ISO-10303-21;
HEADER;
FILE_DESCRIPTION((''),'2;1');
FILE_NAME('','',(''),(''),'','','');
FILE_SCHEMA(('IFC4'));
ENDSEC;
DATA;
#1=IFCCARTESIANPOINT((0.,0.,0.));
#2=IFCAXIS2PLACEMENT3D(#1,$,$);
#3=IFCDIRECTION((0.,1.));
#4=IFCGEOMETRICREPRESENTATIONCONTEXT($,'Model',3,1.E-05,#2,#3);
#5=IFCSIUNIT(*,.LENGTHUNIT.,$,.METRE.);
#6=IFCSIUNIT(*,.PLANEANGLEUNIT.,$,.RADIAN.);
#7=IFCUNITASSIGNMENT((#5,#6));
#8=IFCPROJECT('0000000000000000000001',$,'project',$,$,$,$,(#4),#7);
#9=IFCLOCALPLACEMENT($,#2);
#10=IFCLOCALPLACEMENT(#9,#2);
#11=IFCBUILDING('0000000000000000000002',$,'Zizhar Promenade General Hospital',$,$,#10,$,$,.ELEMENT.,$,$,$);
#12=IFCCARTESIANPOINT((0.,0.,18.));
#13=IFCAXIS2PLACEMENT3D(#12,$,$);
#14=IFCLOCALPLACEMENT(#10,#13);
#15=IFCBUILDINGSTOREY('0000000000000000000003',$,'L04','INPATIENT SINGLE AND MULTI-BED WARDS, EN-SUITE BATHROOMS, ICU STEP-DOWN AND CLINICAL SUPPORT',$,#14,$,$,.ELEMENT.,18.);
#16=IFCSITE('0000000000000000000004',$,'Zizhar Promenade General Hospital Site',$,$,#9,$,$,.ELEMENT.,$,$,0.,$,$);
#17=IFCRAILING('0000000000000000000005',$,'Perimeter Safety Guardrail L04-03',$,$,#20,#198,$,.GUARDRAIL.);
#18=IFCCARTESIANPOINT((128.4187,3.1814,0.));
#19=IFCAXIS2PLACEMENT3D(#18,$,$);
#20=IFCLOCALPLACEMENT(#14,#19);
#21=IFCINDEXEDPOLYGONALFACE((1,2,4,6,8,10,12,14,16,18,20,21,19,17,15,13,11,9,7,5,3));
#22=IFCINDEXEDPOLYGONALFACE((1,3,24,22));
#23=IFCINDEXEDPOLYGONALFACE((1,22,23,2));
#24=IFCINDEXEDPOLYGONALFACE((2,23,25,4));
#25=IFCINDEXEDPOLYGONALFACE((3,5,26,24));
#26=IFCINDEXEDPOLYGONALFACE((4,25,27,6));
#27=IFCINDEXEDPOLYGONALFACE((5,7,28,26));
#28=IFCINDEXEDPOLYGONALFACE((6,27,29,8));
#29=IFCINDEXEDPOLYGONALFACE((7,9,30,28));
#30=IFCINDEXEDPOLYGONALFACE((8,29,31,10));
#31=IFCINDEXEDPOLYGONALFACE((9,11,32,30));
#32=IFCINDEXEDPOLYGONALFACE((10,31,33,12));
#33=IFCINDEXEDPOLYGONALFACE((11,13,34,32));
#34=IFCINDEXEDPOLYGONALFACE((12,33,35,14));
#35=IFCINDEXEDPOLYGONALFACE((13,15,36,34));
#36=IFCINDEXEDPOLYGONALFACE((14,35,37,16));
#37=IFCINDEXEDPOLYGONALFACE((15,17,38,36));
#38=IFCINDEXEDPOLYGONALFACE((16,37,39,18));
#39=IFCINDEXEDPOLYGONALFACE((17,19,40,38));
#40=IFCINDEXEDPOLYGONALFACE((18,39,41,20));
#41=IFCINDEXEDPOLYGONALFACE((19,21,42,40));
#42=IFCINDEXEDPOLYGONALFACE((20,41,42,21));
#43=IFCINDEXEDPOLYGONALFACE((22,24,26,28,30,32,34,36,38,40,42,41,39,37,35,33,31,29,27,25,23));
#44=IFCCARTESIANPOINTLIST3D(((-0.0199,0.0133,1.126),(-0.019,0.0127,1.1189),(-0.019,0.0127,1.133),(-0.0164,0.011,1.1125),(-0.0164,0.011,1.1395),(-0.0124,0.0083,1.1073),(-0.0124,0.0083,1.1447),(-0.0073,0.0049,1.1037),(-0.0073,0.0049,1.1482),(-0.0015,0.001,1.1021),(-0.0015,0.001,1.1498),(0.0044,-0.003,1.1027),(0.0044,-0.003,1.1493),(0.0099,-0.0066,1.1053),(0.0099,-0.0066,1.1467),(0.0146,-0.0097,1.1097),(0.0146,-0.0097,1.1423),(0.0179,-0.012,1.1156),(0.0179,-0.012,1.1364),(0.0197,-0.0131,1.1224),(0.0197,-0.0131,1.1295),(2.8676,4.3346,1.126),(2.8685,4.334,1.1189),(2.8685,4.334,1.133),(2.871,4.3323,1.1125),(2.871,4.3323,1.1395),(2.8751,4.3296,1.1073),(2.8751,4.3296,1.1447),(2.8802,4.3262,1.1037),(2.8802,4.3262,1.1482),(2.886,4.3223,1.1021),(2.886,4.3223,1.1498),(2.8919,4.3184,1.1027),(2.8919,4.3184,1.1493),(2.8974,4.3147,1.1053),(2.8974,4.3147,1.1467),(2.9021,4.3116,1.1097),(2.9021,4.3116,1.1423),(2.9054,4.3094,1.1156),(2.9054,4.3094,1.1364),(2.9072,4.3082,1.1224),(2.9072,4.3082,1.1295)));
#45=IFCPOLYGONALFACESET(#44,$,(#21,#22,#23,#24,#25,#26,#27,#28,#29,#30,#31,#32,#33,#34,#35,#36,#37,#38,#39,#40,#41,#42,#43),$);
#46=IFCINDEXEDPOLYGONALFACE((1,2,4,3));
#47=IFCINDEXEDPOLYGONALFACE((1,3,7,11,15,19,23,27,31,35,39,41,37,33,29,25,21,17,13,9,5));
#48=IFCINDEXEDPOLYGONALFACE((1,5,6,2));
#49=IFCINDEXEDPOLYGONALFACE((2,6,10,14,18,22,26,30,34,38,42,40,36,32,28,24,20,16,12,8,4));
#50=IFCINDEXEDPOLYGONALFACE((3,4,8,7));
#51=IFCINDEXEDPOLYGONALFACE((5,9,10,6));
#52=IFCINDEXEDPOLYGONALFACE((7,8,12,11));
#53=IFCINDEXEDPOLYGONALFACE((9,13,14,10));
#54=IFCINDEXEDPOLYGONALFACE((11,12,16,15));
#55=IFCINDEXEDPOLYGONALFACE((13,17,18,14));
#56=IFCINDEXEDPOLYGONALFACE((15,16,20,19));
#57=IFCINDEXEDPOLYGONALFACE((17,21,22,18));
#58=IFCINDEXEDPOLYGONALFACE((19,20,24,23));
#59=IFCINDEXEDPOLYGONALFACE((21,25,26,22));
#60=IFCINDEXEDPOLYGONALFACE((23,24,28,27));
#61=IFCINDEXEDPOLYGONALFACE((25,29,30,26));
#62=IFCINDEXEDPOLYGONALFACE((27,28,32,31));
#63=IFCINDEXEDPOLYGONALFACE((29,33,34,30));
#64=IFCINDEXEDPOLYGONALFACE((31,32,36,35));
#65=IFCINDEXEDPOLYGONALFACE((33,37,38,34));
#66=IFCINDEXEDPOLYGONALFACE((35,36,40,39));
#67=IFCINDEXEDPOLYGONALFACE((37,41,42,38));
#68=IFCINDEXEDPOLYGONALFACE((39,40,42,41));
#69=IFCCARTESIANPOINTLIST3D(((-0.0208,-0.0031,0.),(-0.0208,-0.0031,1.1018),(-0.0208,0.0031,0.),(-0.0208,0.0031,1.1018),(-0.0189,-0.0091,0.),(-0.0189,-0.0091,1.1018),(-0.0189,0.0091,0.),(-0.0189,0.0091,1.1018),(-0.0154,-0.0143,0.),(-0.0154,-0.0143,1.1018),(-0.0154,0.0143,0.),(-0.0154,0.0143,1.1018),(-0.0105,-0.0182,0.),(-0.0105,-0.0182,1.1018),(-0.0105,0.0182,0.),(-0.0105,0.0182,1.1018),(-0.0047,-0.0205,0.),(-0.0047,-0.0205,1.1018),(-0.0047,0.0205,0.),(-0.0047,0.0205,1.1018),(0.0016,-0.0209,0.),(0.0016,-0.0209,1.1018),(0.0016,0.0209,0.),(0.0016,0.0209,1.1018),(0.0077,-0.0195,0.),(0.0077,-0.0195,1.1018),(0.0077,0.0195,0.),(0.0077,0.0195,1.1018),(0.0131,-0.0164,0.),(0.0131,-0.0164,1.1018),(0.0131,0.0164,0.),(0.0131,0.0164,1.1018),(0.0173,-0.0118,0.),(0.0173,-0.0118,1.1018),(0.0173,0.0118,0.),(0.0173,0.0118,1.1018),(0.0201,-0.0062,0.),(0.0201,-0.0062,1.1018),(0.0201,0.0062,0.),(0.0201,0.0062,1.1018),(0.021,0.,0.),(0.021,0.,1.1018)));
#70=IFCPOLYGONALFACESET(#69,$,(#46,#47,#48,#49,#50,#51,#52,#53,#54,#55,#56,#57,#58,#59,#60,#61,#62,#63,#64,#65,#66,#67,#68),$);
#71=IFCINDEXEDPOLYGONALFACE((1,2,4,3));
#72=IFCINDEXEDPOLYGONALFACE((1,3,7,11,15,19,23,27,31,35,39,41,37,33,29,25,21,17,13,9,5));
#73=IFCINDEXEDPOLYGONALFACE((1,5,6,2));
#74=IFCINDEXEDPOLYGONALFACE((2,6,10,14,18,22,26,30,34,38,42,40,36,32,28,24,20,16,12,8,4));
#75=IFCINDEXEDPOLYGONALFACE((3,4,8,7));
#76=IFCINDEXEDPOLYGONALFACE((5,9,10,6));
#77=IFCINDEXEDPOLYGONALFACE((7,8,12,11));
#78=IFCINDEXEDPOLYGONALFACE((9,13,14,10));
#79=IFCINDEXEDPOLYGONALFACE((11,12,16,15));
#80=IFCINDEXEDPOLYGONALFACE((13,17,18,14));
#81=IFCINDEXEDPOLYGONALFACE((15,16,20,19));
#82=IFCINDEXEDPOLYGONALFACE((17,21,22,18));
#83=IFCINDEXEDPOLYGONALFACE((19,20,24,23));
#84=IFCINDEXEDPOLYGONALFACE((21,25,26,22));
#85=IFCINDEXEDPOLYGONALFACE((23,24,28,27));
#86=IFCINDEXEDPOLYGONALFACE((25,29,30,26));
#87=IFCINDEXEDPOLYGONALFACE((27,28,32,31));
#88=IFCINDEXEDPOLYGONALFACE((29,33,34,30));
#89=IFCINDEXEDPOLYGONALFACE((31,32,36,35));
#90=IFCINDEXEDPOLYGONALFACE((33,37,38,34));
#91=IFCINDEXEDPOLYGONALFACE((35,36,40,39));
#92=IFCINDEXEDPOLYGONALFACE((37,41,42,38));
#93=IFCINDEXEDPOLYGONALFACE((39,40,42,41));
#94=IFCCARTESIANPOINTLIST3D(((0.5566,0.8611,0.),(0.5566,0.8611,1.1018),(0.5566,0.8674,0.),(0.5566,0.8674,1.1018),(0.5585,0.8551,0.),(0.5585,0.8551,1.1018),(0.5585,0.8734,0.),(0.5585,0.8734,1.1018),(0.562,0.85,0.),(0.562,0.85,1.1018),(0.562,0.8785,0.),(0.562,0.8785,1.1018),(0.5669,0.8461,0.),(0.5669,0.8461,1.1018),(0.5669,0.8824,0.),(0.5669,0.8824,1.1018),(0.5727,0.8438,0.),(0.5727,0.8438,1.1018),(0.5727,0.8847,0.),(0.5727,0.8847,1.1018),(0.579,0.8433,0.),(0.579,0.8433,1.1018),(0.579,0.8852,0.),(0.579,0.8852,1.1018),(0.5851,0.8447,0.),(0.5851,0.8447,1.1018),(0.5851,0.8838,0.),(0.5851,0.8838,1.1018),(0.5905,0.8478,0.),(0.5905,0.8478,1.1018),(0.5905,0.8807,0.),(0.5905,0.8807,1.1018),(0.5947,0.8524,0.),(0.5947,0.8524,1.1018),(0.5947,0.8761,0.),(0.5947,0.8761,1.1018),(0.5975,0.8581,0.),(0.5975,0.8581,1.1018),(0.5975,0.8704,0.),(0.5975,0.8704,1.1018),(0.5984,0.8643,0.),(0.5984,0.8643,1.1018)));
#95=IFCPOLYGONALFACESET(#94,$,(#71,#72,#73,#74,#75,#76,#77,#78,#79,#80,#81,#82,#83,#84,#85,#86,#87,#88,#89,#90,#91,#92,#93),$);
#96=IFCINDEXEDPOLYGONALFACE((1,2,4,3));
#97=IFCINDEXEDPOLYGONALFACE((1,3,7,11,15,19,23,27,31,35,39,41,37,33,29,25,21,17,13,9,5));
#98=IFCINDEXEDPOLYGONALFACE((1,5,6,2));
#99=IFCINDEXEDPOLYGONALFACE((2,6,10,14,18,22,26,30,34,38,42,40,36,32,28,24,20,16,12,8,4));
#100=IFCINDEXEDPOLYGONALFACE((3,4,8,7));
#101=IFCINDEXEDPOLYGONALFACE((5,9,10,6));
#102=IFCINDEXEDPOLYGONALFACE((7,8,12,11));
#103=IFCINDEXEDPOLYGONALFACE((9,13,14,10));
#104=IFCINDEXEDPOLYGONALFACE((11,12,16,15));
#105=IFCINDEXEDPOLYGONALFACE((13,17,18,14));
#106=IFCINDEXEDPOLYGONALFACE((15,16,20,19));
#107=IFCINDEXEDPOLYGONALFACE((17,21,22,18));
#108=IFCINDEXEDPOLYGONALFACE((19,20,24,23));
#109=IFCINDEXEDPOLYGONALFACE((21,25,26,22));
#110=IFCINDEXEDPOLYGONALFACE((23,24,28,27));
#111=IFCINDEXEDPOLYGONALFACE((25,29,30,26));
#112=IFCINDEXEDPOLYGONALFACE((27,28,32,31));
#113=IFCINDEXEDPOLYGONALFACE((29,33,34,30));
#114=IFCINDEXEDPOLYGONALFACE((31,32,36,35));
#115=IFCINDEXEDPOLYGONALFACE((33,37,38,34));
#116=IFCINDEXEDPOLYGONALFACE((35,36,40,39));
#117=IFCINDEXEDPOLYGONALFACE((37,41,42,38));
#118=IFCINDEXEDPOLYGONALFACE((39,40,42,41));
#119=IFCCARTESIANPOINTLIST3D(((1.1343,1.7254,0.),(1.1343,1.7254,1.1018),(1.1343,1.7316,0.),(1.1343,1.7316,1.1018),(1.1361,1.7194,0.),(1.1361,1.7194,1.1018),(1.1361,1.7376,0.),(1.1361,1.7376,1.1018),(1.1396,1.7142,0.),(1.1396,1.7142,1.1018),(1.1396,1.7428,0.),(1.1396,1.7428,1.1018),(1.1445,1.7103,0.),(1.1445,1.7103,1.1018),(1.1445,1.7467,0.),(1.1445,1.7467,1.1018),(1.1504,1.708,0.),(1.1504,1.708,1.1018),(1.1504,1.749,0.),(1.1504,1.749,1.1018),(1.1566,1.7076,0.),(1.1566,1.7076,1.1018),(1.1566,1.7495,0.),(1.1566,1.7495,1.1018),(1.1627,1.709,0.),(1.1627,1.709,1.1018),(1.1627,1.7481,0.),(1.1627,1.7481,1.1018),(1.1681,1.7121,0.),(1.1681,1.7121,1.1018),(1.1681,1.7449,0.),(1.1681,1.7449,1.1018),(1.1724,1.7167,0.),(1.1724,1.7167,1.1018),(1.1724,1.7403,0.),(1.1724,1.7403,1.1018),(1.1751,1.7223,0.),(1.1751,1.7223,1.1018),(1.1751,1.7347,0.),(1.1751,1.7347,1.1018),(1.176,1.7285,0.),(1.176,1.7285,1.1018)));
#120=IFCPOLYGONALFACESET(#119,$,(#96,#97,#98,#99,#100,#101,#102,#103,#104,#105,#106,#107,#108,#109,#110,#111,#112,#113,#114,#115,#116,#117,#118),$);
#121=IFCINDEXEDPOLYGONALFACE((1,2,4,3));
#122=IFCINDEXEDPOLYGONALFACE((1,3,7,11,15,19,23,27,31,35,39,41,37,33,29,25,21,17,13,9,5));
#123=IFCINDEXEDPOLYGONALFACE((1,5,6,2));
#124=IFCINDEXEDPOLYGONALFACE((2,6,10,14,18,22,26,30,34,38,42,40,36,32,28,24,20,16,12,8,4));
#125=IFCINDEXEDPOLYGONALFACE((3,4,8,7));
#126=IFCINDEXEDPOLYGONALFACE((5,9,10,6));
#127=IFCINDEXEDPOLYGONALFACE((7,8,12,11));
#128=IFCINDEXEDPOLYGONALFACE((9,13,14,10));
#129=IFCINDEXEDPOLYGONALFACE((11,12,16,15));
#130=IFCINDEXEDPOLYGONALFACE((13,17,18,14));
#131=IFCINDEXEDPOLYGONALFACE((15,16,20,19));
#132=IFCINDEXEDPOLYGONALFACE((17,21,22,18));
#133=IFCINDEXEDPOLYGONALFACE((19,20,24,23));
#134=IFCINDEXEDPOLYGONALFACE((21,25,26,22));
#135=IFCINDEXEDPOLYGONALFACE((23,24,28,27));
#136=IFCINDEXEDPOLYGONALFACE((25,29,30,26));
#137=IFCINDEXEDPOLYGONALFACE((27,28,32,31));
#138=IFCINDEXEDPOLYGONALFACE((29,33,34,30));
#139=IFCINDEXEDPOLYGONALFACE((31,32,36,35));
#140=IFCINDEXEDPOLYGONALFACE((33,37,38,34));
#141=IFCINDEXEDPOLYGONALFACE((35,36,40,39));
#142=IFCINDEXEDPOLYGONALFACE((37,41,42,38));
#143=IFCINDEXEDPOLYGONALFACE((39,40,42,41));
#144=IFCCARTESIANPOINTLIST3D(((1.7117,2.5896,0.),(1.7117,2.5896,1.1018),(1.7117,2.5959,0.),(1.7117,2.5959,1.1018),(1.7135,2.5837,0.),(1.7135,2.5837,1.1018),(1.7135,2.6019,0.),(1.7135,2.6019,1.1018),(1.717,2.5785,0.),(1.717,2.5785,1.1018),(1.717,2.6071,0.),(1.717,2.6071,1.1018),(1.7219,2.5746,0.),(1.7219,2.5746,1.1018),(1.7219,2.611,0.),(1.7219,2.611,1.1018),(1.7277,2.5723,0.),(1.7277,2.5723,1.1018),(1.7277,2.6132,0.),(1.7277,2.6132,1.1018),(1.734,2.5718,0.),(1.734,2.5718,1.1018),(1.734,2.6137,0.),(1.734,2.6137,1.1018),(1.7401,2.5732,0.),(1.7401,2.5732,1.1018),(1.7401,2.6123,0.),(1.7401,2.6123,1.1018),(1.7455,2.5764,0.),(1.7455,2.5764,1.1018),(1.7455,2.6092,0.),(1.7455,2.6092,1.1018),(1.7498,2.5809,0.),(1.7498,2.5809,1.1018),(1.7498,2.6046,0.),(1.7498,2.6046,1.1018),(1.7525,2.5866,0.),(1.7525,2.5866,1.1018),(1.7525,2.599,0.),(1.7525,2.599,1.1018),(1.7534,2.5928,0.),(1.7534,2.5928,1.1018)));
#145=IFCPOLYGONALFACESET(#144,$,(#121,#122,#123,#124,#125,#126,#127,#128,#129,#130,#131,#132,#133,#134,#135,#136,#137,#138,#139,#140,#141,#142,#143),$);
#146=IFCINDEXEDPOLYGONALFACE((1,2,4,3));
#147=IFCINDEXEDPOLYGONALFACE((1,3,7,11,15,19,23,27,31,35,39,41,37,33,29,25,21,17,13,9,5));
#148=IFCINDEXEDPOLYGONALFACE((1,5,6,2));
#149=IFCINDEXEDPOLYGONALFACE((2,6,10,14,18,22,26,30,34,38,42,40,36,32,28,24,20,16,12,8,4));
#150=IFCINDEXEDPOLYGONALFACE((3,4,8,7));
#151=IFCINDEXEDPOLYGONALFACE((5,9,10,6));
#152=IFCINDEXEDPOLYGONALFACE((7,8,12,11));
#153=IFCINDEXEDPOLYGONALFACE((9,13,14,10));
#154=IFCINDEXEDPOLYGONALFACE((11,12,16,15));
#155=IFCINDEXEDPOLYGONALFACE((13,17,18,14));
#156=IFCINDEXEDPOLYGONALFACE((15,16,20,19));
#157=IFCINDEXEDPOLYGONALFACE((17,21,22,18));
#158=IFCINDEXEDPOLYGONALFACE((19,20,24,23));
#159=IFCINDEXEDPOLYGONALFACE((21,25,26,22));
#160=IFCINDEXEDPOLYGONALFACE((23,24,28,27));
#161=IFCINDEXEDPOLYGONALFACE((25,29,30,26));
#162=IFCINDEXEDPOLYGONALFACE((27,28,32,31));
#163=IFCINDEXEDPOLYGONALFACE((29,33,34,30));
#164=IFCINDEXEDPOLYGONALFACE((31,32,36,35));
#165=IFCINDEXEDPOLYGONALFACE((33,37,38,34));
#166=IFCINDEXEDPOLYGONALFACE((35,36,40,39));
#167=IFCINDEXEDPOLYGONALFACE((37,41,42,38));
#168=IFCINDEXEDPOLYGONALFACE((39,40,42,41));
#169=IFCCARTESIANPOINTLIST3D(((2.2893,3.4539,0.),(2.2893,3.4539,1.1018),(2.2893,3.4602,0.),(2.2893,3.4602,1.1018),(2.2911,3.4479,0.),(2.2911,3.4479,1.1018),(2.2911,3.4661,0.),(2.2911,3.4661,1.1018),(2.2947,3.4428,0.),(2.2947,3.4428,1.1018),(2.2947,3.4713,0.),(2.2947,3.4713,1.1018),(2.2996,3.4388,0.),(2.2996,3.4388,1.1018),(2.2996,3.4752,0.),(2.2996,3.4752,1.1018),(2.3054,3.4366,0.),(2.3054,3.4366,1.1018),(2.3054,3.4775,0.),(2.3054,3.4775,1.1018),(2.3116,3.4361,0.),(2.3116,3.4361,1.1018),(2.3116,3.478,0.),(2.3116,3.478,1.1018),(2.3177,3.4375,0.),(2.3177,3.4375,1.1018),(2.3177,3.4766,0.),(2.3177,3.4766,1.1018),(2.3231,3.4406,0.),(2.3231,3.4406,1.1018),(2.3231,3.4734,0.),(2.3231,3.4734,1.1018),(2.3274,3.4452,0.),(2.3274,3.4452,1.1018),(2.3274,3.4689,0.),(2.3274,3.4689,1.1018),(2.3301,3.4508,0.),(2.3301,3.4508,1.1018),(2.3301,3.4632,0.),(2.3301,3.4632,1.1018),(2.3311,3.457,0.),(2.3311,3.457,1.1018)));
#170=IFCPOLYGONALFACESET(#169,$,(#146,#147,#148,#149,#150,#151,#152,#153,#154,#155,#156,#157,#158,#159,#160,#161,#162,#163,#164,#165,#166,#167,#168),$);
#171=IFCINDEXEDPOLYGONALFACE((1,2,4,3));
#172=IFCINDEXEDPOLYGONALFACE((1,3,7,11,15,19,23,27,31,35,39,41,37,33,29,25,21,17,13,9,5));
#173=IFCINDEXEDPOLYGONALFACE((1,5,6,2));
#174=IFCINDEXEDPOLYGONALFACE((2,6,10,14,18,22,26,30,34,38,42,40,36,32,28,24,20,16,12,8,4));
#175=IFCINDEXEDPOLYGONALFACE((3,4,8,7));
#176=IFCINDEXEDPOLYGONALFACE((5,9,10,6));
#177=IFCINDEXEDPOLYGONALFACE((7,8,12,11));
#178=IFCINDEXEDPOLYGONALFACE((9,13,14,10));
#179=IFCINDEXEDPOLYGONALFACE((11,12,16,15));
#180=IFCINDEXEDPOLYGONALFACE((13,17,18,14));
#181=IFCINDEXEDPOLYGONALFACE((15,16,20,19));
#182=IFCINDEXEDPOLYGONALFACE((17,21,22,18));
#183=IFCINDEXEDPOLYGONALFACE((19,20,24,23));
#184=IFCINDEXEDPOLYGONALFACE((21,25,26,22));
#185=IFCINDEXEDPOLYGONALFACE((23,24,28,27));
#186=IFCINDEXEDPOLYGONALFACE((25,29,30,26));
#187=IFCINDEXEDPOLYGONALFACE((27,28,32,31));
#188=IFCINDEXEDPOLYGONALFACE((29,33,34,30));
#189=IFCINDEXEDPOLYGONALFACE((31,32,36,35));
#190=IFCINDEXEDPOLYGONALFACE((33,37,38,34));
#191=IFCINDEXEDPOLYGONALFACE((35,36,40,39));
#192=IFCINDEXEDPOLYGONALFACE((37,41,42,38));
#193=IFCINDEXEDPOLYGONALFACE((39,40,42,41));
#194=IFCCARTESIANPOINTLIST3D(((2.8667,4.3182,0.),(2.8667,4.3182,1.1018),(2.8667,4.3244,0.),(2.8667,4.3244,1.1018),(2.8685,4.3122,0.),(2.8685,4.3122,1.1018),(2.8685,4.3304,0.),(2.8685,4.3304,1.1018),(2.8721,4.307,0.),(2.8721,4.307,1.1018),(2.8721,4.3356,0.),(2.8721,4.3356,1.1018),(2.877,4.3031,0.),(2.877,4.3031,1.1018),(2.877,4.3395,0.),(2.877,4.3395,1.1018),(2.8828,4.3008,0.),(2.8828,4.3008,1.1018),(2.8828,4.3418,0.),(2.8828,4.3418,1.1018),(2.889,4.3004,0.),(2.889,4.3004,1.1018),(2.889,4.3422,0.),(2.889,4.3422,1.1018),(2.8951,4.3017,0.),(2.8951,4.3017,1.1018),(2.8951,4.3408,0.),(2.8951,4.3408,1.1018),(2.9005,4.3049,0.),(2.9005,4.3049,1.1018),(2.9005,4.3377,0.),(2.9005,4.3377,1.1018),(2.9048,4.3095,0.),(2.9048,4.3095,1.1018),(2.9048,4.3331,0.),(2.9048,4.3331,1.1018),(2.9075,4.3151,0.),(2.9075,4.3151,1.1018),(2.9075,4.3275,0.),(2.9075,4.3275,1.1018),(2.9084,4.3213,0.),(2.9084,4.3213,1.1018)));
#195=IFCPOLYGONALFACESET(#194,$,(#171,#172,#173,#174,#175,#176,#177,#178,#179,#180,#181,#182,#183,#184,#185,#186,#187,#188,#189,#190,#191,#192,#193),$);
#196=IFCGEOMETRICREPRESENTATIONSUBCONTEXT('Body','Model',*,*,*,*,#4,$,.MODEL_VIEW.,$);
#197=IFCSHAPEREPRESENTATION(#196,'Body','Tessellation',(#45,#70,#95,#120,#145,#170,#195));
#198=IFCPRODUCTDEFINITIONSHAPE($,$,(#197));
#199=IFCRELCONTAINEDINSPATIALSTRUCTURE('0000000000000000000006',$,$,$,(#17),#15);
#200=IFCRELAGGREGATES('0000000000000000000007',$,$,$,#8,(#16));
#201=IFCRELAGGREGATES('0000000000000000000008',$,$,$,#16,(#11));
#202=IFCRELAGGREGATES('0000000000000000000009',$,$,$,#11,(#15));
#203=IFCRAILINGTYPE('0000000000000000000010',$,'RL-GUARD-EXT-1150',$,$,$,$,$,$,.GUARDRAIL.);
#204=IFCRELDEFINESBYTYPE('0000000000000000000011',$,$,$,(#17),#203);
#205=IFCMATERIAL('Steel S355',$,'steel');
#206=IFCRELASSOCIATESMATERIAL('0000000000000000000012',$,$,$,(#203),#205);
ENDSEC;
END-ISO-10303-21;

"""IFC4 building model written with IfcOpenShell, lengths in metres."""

from ifc_helpers import new_model, si_unit, direction, frame, origin, origin_2d, place, context, subcontext, project, spatial, hollow_rectangle, circle, extrude, material, material_profile, profile_set, type_object, element, save


model = new_model("IFC4")

# Units and contexts
model_context = context("Model", 3, precision=1e-05, world=origin(), true_north=direction((0.0, 1.0)))
body_context = subcontext(model_context, "Body", "Model", "MODEL_VIEW")
ifc_project = project(units=[si_unit("LENGTHUNIT", "METRE"), si_unit("PLANEANGLEUNIT", "RADIAN")], contexts=[model_context])

# Site, building, storey
site_placement = place(None, origin())
site = spatial("IfcSite", under=ifc_project, at=site_placement, Name="Zizhar Promenade General Hospital Site", CompositionType="ELEMENT", RefElevation=0.0)
building_placement = place(site_placement, origin())
building = spatial("IfcBuilding", under=site, at=building_placement, Name="Zizhar Promenade General Hospital", CompositionType="ELEMENT")
storey_placement = place(building_placement, frame((0.0, 0.0, 18.0)))
storey = spatial("IfcBuildingStorey", under=building, at=storey_placement, Name="L04", Description="INPATIENT SINGLE AND MULTI-BED WARDS, EN-SUITE BATHROOMS, ICU STEP-DOWN AND CLINICAL SUPPORT", CompositionType="ELEMENT", Elevation=18.0)

# Railing
ifc_material_1 = material(Name="Steel S355", Category="steel")
ifc_material_profile_1 = material_profile(ifc_material_1, hollow_rectangle(XDim=0.0601, YDim=0.1201, WallThickness=0.0039, at=origin_2d()))
ifc_profile_set_1 = profile_set([ifc_material_profile_1], Name="Steel S355")
railing_type = type_object("IfcRailingType", Name="RL-GUARD-EXT-1150", PredefinedType="GUARDRAIL", material=ifc_profile_set_1)
railing_1_placement = place(storey_placement, frame((128.4187, 3.1814, 0.0)))
element("IfcRailing", 1, at=railing_1_placement, inside=storey, type_object=railing_type, Name="Perimeter Safety Guardrail L04-03", PredefinedType="GUARDRAIL", context=body_context, shape_type="SweptSolid", body=[
    extrude(circle(Radius=0.0239, at=origin_2d()), frame((0.0, 0.0, 1.126), z_axis=(0.555578, 0.831464, 0.0), x_axis=(-0.831464, 0.555578, 0.0)), (0.0, 0.0, 1.0), 5.1973),
    extrude(circle(Radius=0.021, at=origin_2d()), origin(), (0.0, 0.0, 1.0), 1.1018),
    extrude(circle(Radius=0.021, at=origin_2d()), frame((0.5774, 0.8643, 0.0)), (0.0, 0.0, 1.0), 1.1018),
    extrude(circle(Radius=0.021, at=origin_2d()), frame((1.155, 1.7285, 0.0)), (0.0, 0.0, 1.0), 1.1018),
    extrude(circle(Radius=0.021, at=origin_2d()), frame((1.7324, 2.5928, 0.0)), (0.0, 0.0, 1.0), 1.1018),
    extrude(circle(Radius=0.021, at=origin_2d()), frame((2.3101, 3.457, 0.0)), (0.0, 0.0, 1.0), 1.1018),
    extrude(circle(Radius=0.021, at=origin_2d()), frame((2.8875, 4.3213, 0.0)), (0.0, 0.0, 1.0), 1.1018),
])

save(model, "model.ifc")
